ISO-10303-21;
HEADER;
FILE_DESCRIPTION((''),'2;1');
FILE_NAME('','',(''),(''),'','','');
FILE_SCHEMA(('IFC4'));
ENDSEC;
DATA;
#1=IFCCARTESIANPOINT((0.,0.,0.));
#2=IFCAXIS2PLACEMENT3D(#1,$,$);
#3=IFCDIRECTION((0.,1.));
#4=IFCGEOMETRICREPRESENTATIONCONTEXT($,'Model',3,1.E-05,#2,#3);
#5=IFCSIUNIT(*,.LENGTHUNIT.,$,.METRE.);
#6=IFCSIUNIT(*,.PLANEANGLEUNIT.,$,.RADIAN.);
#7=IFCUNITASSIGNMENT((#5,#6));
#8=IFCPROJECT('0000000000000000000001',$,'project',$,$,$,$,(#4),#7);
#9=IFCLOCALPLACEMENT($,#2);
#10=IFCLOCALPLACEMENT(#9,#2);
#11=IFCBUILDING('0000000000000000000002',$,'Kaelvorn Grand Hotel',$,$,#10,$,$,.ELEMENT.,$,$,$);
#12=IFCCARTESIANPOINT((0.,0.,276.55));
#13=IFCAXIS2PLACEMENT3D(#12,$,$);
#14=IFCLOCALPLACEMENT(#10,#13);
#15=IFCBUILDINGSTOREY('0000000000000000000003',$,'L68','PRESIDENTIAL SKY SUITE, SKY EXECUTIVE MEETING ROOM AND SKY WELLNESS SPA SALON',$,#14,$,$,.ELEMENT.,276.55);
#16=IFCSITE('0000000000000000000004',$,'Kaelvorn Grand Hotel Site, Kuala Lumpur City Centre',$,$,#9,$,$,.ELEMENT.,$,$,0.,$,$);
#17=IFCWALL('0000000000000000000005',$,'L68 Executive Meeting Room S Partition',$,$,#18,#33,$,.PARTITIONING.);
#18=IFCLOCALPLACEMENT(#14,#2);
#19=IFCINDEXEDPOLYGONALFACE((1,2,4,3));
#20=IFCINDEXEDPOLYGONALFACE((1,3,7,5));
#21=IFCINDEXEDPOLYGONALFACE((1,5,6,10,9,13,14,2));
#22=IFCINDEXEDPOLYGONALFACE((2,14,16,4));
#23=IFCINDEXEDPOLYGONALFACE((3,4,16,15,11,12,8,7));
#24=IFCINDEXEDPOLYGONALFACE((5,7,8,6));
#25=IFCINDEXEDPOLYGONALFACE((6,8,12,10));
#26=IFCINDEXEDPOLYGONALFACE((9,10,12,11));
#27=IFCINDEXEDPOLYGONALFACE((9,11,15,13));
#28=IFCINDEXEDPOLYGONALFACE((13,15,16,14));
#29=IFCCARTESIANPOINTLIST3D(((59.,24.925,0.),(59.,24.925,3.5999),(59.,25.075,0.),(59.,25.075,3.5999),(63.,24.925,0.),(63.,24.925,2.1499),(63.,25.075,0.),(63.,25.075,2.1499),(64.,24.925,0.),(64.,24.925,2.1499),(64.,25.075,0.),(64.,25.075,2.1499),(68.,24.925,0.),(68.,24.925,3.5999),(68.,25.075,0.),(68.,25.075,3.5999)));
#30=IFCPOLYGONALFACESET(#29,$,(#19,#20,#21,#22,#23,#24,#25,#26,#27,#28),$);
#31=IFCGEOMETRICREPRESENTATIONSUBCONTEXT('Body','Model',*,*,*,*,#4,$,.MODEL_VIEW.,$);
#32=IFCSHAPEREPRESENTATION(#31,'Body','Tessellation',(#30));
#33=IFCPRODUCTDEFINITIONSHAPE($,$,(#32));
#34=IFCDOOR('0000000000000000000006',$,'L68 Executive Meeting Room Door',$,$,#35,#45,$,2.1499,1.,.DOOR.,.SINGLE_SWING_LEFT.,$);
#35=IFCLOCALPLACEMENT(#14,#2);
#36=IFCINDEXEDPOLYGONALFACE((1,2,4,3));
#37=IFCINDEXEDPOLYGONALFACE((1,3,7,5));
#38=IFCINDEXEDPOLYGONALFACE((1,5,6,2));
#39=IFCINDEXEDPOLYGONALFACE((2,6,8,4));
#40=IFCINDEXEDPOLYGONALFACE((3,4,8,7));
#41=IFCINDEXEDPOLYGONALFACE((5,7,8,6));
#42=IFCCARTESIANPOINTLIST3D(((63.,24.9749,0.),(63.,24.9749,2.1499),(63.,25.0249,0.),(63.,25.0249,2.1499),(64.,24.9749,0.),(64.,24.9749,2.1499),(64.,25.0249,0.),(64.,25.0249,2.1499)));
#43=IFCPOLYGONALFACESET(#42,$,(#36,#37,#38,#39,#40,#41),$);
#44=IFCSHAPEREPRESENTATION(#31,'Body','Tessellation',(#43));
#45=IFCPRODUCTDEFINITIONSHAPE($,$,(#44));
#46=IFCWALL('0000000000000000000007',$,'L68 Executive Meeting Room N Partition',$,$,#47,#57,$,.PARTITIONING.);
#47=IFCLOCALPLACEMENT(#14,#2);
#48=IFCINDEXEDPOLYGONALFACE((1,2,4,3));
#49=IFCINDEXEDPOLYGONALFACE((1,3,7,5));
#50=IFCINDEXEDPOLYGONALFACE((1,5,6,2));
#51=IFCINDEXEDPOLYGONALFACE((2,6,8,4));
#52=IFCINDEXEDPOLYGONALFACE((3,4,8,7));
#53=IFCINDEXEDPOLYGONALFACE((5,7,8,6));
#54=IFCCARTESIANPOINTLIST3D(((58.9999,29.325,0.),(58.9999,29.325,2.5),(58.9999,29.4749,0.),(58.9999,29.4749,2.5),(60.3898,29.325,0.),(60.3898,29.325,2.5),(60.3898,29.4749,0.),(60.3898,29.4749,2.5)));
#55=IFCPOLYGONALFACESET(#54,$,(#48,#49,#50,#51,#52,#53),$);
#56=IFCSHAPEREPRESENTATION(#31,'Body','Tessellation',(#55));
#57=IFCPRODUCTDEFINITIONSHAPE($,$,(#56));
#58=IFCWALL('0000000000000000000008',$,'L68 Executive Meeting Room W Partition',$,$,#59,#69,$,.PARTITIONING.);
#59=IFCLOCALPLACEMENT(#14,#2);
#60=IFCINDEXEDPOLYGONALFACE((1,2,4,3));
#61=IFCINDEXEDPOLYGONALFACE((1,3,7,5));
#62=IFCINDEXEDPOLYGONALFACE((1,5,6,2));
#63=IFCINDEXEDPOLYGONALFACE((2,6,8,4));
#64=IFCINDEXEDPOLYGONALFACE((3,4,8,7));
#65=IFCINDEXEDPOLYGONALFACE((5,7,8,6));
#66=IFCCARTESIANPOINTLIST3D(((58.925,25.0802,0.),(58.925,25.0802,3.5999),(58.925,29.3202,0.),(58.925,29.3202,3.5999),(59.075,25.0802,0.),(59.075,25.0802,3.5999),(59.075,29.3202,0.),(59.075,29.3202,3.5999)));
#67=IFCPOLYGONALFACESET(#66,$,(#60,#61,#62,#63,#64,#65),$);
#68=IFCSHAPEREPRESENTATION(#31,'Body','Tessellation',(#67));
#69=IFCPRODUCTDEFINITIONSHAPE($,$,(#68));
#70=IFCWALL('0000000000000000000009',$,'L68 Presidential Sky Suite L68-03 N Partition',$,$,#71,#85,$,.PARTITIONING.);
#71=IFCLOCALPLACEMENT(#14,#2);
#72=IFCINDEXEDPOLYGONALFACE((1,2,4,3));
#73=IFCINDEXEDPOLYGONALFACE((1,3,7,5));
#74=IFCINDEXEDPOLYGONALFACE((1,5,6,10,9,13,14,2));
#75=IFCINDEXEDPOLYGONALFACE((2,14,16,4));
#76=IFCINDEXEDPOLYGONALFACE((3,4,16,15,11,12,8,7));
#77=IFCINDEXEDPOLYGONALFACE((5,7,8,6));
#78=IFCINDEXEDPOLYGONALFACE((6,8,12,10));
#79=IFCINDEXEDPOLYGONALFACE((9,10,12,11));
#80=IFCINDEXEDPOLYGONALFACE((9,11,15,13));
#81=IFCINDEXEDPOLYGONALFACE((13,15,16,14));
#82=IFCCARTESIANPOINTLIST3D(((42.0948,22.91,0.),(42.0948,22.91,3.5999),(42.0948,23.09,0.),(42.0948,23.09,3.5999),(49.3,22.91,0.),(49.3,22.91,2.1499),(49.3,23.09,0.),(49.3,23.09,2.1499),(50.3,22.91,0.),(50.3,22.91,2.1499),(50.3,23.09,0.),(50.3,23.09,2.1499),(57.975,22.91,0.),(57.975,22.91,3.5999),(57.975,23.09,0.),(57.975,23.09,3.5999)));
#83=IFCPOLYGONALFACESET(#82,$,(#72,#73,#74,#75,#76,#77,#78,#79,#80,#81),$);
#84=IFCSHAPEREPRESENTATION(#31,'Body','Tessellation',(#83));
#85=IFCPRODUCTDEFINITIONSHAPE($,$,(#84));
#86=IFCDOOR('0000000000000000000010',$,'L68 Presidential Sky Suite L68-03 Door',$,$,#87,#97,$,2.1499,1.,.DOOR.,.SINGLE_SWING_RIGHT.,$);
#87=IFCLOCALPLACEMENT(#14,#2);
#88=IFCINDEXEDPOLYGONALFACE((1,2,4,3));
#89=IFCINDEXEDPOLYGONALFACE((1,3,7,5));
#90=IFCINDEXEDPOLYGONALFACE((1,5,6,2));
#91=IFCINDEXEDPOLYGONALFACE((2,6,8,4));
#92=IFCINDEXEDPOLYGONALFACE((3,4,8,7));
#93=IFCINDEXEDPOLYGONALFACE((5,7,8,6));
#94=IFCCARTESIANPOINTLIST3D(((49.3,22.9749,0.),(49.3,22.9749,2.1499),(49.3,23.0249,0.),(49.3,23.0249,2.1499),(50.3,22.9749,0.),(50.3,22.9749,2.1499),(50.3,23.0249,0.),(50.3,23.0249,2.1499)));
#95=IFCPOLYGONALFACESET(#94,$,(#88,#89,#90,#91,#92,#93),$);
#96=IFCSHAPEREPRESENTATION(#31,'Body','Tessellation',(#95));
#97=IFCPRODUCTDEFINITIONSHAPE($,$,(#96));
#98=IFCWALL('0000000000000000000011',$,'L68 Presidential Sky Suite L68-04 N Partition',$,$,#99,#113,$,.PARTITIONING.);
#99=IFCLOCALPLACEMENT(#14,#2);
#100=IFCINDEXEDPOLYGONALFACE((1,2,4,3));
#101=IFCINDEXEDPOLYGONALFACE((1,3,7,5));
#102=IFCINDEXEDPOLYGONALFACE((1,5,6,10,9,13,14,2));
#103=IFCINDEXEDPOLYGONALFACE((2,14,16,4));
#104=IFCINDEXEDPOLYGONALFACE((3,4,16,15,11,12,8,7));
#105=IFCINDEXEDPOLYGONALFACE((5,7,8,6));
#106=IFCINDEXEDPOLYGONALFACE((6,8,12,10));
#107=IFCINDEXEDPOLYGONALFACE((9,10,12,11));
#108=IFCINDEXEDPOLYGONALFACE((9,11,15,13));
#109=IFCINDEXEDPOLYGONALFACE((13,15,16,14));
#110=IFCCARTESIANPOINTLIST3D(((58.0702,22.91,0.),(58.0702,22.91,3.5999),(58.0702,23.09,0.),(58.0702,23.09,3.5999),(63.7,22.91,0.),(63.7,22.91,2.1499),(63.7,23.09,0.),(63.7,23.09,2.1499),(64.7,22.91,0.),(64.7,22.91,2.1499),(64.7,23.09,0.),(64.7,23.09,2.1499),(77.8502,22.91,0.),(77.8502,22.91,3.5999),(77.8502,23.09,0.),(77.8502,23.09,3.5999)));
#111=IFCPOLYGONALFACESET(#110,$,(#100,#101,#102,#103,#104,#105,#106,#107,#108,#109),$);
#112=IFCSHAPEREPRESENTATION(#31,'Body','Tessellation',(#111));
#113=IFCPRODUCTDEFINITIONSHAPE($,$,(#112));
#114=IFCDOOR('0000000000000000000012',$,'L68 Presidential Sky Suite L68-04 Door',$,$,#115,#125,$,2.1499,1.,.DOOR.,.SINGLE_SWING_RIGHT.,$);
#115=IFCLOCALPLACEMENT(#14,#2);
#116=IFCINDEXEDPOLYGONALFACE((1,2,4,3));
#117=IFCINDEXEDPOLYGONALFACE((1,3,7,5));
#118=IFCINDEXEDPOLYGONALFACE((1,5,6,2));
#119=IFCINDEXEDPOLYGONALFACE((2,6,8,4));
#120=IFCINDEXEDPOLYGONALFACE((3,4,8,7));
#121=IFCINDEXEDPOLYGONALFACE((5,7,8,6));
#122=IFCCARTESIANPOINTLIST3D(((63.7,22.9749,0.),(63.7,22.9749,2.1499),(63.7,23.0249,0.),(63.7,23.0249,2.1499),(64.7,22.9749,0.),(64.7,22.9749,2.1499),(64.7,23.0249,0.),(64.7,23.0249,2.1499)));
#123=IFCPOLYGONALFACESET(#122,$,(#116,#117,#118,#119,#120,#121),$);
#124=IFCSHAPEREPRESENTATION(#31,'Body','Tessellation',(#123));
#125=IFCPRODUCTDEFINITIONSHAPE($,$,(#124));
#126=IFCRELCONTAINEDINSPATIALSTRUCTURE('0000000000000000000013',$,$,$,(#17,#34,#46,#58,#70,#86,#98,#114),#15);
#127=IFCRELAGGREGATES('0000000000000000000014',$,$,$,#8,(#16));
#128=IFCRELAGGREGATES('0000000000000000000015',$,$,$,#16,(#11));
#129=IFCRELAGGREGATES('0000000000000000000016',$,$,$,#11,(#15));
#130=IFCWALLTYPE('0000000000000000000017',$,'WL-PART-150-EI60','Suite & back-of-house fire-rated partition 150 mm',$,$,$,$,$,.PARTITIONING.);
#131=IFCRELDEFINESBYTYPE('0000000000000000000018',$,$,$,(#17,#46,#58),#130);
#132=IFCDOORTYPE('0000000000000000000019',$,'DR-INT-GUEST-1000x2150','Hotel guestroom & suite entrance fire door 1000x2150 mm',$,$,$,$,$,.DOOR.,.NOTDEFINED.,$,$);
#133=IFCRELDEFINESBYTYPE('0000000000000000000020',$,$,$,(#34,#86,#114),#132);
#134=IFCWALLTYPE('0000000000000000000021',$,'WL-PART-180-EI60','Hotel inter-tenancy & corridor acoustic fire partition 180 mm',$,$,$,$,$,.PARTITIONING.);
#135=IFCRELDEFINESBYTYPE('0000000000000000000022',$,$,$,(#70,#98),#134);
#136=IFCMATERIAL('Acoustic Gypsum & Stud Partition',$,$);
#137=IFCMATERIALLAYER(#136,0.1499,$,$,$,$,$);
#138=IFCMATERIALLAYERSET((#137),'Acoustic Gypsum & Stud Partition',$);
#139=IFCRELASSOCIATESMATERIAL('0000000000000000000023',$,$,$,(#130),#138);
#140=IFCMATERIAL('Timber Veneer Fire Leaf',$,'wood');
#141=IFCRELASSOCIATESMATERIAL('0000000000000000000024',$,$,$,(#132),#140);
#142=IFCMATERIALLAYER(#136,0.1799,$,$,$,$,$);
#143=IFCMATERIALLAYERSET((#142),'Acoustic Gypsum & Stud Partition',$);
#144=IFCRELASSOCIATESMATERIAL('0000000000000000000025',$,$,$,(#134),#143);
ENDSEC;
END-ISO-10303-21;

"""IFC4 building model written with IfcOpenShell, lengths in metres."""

from ifc_helpers import new_model, si_unit, direction, frame, frame_2d, origin, place, context, subcontext, project, spatial, rectangle, extrude, material, layer, layer_set, type_object, element, fill, save


model = new_model("IFC4")

# Units and contexts
model_context = context("Model", 3, precision=1e-05, world=origin(), true_north=direction((0.0, 1.0)))
body_context = subcontext(model_context, "Body", "Model", "MODEL_VIEW")
ifc_project = project(units=[si_unit("LENGTHUNIT", "METRE"), si_unit("PLANEANGLEUNIT", "RADIAN")], contexts=[model_context])

# Site, building, storey
site_placement = place(None, origin())
site = spatial("IfcSite", under=ifc_project, at=site_placement, Name="Kaelvorn Grand Hotel Site, Kuala Lumpur City Centre", CompositionType="ELEMENT", RefElevation=0.0)
building_placement = place(site_placement, origin())
building = spatial("IfcBuilding", under=site, at=building_placement, Name="Kaelvorn Grand Hotel", CompositionType="ELEMENT")
storey_placement = place(building_placement, frame((0.0, 0.0, 276.55)))
storey = spatial("IfcBuildingStorey", under=building, at=storey_placement, Name="L68", Description="PRESIDENTIAL SKY SUITE, SKY EXECUTIVE MEETING ROOM AND SKY WELLNESS SPA SALON", CompositionType="ELEMENT", Elevation=276.55)

# Shared definitions
ifc_material_1 = material(Name="Acoustic Gypsum & Stud Partition")
ifc_layer_1 = layer(ifc_material_1, 0.1499)
ifc_layer_set_1 = layer_set([ifc_layer_1], Name="Acoustic Gypsum & Stud Partition")
wall_type_1 = type_object("IfcWallType", Name="WL-PART-150-EI60", Description="Suite & back-of-house fire-rated partition 150 mm", PredefinedType="PARTITIONING", material=ifc_layer_set_1)

# Shared definitions
ifc_material_2 = material(Name="Timber Veneer Fire Leaf", Category="wood")
door_type_1 = type_object("IfcDoorType", Name="DR-INT-GUEST-1000x2150", Description="Hotel guestroom & suite entrance fire door 1000x2150 mm", OperationType="NOTDEFINED", PredefinedType="DOOR", material=ifc_material_2)

# Wall, opening, door
wall_1_placement = place(storey_placement, frame((59.0, 25.0, 0.0), z_axis=(0.0, 0.0, 1.0), x_axis=(1.0, 0.0, 0.0)))
wall_1 = element("IfcWall", 1, at=wall_1_placement, inside=storey, type_object=wall_type_1, Name="L68 Executive Meeting Room S Partition", PredefinedType="PARTITIONING", context=body_context, shape_type="SweptSolid", body=[
    extrude(rectangle(XDim=9.0, YDim=0.1499, at=frame_2d((4.5, 0.0))), origin(), (0.0, 0.0, 1.0), 3.5999),
])
opening_1_placement = place(wall_1_placement, frame((4.0, 0.0, 0.0)))
opening_1 = element("IfcOpeningElement", 2, at=opening_1_placement, cuts=wall_1, PredefinedType="OPENING", context=body_context, shape_type="SweptSolid", body=[
    extrude(rectangle(XDim=1.0, YDim=2.1499, at=frame_2d((0.5, 1.075))), frame((0.0, 0.085, 0.0), z_axis=(0.0, -1.0, 0.0), x_axis=(1.0, 0.0, 0.0)), (0.0, 0.0, 1.0), 0.1699),
])
door_1_placement = place(opening_1_placement, origin())
door_1 = element("IfcDoor", 3, at=door_1_placement, inside=storey, type_object=door_type_1, Name="L68 Executive Meeting Room Door", OperationType="SINGLE_SWING_LEFT", OverallHeight=2.1499, OverallWidth=1.0, PredefinedType="DOOR", context=body_context, shape_type="SweptSolid", body=[
    extrude(rectangle(XDim=1.0, YDim=2.1499, at=frame_2d((0.5, 1.075))), frame((0.0, 0.0249, 0.0), z_axis=(0.0, -1.0, 0.0), x_axis=(1.0, 0.0, 0.0)), (0.0, 0.0, 1.0), 0.05),
])
fill(opening_1, door_1)

# Walls
wall_2_placement = place(storey_placement, frame((59.0, 29.3999, 0.0), z_axis=(0.0, 0.0, 1.0), x_axis=(1.0, 0.0, 0.0)))
element("IfcWall", 4, at=wall_2_placement, inside=storey, type_object=wall_type_1, Name="L68 Executive Meeting Room N Partition", PredefinedType="PARTITIONING", context=body_context, shape_type="SweptSolid", body=[
    extrude(rectangle(XDim=1.3899, YDim=0.1499, at=frame_2d((0.6948, 0.0))), origin(), (0.0, 0.0, 1.0), 2.5),
])
wall_3_placement = place(storey_placement, frame((59.0, 25.0801, 0.0), z_axis=(0.0, 0.0, 1.0), x_axis=(0.0, 1.0, 0.0)))
element("IfcWall", 5, at=wall_3_placement, inside=storey, type_object=wall_type_1, Name="L68 Executive Meeting Room W Partition", PredefinedType="PARTITIONING", context=body_context, shape_type="SweptSolid", body=[
    extrude(rectangle(XDim=4.24, YDim=0.1499, at=frame_2d((2.1201, 0.0))), origin(), (0.0, 0.0, 1.0), 3.5999),
])

# Walls, openings, doors
ifc_layer_2 = layer(ifc_material_1, 0.1799)
ifc_layer_set_2 = layer_set([ifc_layer_2], Name="Acoustic Gypsum & Stud Partition")
wall_type_2 = type_object("IfcWallType", Name="WL-PART-180-EI60", Description="Hotel inter-tenancy & corridor acoustic fire partition 180 mm", PredefinedType="PARTITIONING", material=ifc_layer_set_2)
wall_4_placement = place(storey_placement, frame((42.095, 23.0, 0.0), z_axis=(0.0, 0.0, 1.0), x_axis=(1.0, 0.0, 0.0)))
wall_4 = element("IfcWall", 6, at=wall_4_placement, inside=storey, type_object=wall_type_2, Name="L68 Presidential Sky Suite L68-03 N Partition", PredefinedType="PARTITIONING", context=body_context, shape_type="SweptSolid", body=[
    extrude(rectangle(XDim=15.8801, YDim=0.1799, at=frame_2d((7.9399, 0.0))), origin(), (0.0, 0.0, 1.0), 3.5999),
])
opening_2_placement = place(wall_4_placement, frame((7.2051, 0.0, 0.0)))
opening_2 = element("IfcOpeningElement", 7, at=opening_2_placement, cuts=wall_4, PredefinedType="OPENING", context=body_context, shape_type="SweptSolid", body=[
    extrude(rectangle(XDim=1.0, YDim=2.1499, at=frame_2d((0.5, 1.075))), frame((0.0, 0.1001, 0.0), z_axis=(0.0, -1.0, 0.0), x_axis=(1.0, 0.0, 0.0)), (0.0, 0.0, 1.0), 0.2),
])
door_2_placement = place(opening_2_placement, origin())
door_2 = element("IfcDoor", 8, at=door_2_placement, inside=storey, type_object=door_type_1, Name="L68 Presidential Sky Suite L68-03 Door", OperationType="SINGLE_SWING_RIGHT", OverallHeight=2.1499, OverallWidth=1.0, PredefinedType="DOOR", context=body_context, shape_type="SweptSolid", body=[
    extrude(rectangle(XDim=1.0, YDim=2.1499, at=frame_2d((0.5, 1.075))), frame((0.0, 0.0249, 0.0), z_axis=(0.0, -1.0, 0.0), x_axis=(1.0, 0.0, 0.0)), (0.0, 0.0, 1.0), 0.05),
])
fill(opening_2, door_2)
wall_5_placement = place(storey_placement, frame((58.0701, 23.0, 0.0), z_axis=(0.0, 0.0, 1.0), x_axis=(1.0, 0.0, 0.0)))
wall_5 = element("IfcWall", 9, at=wall_5_placement, inside=storey, type_object=wall_type_2, Name="L68 Presidential Sky Suite L68-04 N Partition", PredefinedType="PARTITIONING", context=body_context, shape_type="SweptSolid", body=[
    extrude(rectangle(XDim=19.78, YDim=0.1799, at=frame_2d((9.8901, 0.0))), origin(), (0.0, 0.0, 1.0), 3.5999),
])
opening_3_placement = place(wall_5_placement, frame((5.6299, 0.0, 0.0)))
opening_3 = element("IfcOpeningElement", 10, at=opening_3_placement, cuts=wall_5, PredefinedType="OPENING", context=body_context, shape_type="SweptSolid", body=[
    extrude(rectangle(XDim=1.0, YDim=2.1499, at=frame_2d((0.5, 1.075))), frame((0.0, 0.1001, 0.0), z_axis=(0.0, -1.0, 0.0), x_axis=(1.0, 0.0, 0.0)), (0.0, 0.0, 1.0), 0.2),
])
door_3_placement = place(opening_3_placement, origin())
door_3 = element("IfcDoor", 11, at=door_3_placement, inside=storey, type_object=door_type_1, Name="L68 Presidential Sky Suite L68-04 Door", OperationType="SINGLE_SWING_RIGHT", OverallHeight=2.1499, OverallWidth=1.0, PredefinedType="DOOR", context=body_context, shape_type="SweptSolid", body=[
    extrude(rectangle(XDim=1.0, YDim=2.1499, at=frame_2d((0.5, 1.075))), frame((0.0, 0.0249, 0.0), z_axis=(0.0, -1.0, 0.0), x_axis=(1.0, 0.0, 0.0)), (0.0, 0.0, 1.0), 0.05),
])
fill(opening_3, door_3)

save(model, "model.ifc")
